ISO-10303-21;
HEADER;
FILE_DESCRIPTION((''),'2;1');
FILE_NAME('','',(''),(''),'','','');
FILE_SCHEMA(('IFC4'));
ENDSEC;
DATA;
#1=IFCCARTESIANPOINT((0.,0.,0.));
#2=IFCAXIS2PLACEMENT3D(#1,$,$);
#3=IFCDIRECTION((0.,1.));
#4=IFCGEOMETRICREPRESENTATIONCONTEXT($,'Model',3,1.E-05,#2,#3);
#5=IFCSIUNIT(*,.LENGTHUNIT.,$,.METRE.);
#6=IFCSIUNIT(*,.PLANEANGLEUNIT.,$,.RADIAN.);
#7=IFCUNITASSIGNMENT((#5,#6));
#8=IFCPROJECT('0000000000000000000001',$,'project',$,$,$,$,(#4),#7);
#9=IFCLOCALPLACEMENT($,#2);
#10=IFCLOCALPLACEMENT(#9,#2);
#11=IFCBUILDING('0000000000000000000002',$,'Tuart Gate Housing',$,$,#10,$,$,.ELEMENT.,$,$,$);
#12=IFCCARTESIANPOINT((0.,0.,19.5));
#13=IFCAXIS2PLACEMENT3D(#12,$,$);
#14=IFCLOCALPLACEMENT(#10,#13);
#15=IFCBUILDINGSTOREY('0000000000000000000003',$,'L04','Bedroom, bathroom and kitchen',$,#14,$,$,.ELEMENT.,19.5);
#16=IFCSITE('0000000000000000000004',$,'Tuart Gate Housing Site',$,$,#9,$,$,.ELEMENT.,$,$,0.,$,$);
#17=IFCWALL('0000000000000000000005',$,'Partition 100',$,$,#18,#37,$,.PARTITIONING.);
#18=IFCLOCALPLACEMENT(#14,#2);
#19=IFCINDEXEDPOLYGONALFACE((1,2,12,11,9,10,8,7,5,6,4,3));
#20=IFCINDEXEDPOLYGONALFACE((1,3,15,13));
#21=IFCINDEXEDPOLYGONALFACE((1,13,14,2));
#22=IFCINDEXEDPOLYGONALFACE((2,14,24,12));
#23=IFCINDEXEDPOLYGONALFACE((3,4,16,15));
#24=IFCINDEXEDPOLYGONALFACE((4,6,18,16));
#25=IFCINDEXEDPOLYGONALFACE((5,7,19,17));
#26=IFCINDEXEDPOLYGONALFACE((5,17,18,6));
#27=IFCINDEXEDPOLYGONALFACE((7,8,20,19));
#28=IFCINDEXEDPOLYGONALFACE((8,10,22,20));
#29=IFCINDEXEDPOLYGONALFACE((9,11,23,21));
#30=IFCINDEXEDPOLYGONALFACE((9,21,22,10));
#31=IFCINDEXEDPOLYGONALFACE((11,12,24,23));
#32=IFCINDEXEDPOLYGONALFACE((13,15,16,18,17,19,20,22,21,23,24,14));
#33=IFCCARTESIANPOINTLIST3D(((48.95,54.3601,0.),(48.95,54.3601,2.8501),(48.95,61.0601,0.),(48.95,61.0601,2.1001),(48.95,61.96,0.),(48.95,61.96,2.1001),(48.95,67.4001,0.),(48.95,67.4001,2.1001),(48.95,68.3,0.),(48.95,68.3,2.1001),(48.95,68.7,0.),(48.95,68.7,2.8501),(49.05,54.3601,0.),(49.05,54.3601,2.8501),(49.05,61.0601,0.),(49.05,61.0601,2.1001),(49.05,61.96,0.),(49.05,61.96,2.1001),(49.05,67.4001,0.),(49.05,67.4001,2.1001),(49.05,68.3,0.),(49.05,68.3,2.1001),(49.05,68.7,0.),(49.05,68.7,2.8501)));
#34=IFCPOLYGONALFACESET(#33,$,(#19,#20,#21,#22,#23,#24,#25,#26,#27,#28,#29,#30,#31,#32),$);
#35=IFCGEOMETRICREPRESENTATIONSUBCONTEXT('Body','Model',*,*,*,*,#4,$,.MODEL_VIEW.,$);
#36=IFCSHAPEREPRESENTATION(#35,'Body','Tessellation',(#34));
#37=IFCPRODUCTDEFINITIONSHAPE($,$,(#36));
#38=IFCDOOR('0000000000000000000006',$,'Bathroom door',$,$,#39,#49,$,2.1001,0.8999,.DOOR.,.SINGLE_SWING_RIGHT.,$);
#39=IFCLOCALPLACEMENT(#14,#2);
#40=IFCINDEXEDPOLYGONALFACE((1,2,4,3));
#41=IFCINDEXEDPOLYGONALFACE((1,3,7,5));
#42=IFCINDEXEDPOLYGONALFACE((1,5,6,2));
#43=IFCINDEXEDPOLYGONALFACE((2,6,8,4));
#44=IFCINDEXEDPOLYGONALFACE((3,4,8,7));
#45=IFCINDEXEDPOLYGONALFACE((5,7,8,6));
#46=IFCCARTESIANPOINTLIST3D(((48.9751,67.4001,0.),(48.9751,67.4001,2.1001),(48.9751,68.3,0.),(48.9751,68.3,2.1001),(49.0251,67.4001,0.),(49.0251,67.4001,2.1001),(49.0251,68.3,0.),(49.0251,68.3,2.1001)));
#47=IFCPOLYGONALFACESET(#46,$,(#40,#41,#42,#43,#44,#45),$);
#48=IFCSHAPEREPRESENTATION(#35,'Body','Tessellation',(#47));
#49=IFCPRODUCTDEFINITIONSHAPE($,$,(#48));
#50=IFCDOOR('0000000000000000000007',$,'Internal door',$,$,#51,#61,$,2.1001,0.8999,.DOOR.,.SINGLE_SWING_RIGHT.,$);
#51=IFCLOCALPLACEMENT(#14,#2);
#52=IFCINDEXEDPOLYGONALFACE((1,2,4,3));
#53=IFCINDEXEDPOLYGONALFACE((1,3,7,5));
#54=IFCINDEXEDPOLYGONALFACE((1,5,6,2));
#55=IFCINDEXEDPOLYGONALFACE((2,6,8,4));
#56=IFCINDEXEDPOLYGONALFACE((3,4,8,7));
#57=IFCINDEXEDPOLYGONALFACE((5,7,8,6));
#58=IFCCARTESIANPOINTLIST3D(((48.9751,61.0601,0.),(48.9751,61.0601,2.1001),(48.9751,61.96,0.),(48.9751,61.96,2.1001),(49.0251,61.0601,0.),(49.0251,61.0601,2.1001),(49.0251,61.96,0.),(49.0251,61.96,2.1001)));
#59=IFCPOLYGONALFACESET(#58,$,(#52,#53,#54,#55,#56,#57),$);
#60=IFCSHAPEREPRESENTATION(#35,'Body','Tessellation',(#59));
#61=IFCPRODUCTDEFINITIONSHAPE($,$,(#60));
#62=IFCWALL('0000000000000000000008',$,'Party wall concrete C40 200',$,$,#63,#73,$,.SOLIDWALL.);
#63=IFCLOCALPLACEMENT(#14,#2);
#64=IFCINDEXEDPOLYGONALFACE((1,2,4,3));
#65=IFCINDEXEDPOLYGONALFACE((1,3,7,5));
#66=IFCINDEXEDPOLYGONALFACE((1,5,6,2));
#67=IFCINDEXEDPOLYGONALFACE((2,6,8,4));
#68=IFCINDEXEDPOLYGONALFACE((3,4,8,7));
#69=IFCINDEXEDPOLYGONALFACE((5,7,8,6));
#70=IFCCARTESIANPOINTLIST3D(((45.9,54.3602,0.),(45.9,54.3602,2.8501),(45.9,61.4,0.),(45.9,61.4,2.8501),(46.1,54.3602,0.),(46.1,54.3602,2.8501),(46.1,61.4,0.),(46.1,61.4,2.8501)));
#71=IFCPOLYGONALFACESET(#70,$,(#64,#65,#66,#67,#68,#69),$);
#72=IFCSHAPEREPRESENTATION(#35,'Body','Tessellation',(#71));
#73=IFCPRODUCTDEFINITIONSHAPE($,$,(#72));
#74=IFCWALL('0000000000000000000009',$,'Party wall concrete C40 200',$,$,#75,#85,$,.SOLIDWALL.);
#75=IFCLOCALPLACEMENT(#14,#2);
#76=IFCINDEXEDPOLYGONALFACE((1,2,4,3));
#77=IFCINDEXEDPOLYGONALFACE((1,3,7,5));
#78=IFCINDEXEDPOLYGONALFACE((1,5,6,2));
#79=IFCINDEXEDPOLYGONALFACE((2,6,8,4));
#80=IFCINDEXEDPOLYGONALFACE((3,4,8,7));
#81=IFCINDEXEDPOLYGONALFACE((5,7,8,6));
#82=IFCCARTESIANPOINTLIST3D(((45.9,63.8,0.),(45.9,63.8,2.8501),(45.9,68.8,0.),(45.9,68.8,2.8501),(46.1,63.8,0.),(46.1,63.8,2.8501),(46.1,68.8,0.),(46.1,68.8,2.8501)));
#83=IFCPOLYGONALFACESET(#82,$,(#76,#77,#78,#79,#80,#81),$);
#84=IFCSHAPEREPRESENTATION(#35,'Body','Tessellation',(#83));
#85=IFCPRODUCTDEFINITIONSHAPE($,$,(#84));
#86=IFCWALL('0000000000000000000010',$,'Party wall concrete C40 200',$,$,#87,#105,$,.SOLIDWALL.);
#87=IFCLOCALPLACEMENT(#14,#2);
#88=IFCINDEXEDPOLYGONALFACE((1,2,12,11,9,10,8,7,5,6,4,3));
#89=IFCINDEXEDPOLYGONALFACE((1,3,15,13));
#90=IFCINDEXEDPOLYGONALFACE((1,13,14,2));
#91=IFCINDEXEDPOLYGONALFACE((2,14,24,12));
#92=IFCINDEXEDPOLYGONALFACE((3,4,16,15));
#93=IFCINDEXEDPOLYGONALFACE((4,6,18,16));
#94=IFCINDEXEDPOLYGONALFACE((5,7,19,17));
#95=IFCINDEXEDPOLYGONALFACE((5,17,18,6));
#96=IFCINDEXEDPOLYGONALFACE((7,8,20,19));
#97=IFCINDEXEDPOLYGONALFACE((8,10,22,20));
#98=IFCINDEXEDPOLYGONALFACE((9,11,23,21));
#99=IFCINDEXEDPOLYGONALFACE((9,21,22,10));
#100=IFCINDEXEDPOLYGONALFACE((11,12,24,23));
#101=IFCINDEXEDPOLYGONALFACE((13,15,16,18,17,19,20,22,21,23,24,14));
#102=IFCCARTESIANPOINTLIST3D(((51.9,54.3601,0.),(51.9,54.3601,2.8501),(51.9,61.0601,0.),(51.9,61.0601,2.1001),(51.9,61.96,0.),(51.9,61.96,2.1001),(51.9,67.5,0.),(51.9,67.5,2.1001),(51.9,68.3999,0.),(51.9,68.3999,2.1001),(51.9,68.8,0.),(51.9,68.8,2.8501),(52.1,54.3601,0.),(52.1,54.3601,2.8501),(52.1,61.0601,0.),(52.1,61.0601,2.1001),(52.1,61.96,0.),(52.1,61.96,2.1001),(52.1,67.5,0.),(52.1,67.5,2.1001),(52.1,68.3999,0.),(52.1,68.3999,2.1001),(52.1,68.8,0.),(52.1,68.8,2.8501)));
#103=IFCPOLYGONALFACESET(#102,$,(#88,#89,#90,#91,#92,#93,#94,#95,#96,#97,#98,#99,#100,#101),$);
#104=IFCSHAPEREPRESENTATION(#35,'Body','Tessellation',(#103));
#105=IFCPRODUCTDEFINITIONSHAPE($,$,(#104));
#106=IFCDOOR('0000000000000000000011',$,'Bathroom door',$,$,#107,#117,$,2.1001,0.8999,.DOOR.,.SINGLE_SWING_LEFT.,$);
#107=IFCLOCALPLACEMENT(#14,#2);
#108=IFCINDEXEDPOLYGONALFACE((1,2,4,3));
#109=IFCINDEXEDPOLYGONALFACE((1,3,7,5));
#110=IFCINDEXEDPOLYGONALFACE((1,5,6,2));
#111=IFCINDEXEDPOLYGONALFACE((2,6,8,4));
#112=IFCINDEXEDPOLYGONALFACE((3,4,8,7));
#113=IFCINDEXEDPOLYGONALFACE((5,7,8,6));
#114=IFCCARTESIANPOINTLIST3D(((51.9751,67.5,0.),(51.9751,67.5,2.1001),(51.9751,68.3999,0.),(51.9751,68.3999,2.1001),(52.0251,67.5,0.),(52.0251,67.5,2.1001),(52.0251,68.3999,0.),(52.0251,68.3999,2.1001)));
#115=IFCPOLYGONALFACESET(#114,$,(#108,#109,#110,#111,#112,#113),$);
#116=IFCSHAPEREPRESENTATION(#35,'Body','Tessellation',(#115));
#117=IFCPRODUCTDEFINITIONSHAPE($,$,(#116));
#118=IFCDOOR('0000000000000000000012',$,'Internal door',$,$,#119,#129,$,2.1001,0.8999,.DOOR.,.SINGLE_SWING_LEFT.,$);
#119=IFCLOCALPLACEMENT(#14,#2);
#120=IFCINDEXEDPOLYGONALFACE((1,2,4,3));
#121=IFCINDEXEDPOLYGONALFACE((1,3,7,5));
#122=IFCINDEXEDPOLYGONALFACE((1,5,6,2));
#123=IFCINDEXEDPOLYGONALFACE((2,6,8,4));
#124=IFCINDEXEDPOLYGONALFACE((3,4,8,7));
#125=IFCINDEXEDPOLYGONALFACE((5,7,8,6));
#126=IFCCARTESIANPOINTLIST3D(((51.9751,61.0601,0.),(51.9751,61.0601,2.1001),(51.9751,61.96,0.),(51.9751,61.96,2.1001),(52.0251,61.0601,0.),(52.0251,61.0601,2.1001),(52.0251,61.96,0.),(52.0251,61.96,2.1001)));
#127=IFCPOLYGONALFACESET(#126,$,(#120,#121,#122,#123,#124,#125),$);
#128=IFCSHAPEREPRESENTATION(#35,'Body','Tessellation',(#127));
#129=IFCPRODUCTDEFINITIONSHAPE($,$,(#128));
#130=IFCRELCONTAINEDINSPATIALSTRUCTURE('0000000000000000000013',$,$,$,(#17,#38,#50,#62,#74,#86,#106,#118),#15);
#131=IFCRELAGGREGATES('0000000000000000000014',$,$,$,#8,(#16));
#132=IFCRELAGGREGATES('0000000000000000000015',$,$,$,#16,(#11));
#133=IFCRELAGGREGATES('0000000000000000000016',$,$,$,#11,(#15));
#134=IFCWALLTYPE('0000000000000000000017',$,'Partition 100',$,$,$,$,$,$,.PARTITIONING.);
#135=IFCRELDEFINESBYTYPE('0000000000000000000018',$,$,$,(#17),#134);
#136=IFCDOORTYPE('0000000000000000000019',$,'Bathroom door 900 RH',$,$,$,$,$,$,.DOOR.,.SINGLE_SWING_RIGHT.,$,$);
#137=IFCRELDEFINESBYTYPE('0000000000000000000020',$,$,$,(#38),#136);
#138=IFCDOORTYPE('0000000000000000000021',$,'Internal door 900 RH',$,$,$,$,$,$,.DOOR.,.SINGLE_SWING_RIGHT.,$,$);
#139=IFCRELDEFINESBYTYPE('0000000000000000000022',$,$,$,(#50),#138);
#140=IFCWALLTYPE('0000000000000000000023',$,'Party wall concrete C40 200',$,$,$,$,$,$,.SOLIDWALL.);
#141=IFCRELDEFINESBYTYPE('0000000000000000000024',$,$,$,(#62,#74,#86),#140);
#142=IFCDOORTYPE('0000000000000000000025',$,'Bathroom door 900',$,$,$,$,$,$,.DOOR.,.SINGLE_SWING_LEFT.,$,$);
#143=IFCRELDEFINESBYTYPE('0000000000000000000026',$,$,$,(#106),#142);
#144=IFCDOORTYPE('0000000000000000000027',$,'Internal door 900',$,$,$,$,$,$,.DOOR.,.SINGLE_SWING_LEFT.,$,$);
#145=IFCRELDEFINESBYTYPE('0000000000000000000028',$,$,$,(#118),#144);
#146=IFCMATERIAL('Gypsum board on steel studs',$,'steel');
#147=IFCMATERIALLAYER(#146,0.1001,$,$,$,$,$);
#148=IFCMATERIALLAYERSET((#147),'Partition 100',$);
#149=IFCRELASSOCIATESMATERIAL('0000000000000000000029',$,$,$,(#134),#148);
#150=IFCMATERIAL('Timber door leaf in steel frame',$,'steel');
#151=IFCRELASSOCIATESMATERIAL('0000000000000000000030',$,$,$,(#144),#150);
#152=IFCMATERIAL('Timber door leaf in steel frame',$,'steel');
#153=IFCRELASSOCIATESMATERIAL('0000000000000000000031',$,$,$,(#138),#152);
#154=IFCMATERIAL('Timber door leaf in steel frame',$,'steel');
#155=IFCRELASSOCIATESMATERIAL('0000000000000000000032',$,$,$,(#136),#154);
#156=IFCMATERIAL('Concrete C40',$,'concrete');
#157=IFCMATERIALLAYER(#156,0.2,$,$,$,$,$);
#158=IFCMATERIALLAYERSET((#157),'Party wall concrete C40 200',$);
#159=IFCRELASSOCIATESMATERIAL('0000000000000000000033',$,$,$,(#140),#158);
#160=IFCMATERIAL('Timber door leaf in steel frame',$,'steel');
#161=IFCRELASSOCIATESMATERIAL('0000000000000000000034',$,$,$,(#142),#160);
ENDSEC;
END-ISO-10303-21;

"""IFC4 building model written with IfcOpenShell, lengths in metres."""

from ifc_helpers import new_model, si_unit, direction, frame, frame_2d, origin, place, context, subcontext, project, spatial, rectangle, extrude, material, layer, layer_set, type_object, element, fill, save


model = new_model("IFC4")

# Units and contexts
model_context = context("Model", 3, precision=1e-05, world=origin(), true_north=direction((0.0, 1.0)))
body_context = subcontext(model_context, "Body", "Model", "MODEL_VIEW")
ifc_project = project(units=[si_unit("LENGTHUNIT", "METRE"), si_unit("PLANEANGLEUNIT", "RADIAN")], contexts=[model_context])

# Site, building, storey
site_placement = place(None, origin())
site = spatial("IfcSite", under=ifc_project, at=site_placement, Name="Tuart Gate Housing Site", CompositionType="ELEMENT", RefElevation=0.0)
building_placement = place(site_placement, origin())
building = spatial("IfcBuilding", under=site, at=building_placement, Name="Tuart Gate Housing", CompositionType="ELEMENT")
storey_placement = place(building_placement, frame((0.0, 0.0, 19.5)))
storey = spatial("IfcBuildingStorey", under=building, at=storey_placement, Name="L04", Description="Bedroom, bathroom and kitchen", CompositionType="ELEMENT", Elevation=19.5)

# Shared definitions
ifc_material_1 = material(Name="Gypsum board on steel studs", Category="steel")
ifc_layer_1 = layer(ifc_material_1, 0.1001)
ifc_layer_set_1 = layer_set([ifc_layer_1], Name="Partition 100")
wall_type_1 = type_object("IfcWallType", Name="Partition 100", PredefinedType="PARTITIONING", material=ifc_layer_set_1)
ifc_material_2 = material(Name="Timber door leaf in steel frame", Category="steel")
door_type_1 = type_object("IfcDoorType", Name="Internal door 900", OperationType="SINGLE_SWING_LEFT", PredefinedType="DOOR", material=ifc_material_2)
ifc_material_3 = material(Name="Timber door leaf in steel frame", Category="steel")
door_type_2 = type_object("IfcDoorType", Name="Internal door 900 RH", OperationType="SINGLE_SWING_RIGHT", PredefinedType="DOOR", material=ifc_material_3)

# Wall, openings, doors
wall_1_placement = place(storey_placement, frame((49.0, 54.3601, 0.0), z_axis=(0.0, 0.0, 1.0), x_axis=(0.0, 1.0, 0.0)))
wall_1 = element("IfcWall", 1, at=wall_1_placement, inside=storey, type_object=wall_type_1, Name="Partition 100", PredefinedType="PARTITIONING", context=body_context, shape_type="SweptSolid", body=[
    extrude(rectangle(XDim=14.3398, YDim=0.1001, at=frame_2d((7.1699, 0.0))), origin(), (0.0, 0.0, 1.0), 2.8501),
])
opening_1_placement = place(wall_1_placement, frame((6.7, 0.0, 0.0)))
opening_1 = element("IfcOpeningElement", 2, at=opening_1_placement, cuts=wall_1, PredefinedType="OPENING", context=body_context, shape_type="SweptSolid", body=[
    extrude(rectangle(XDim=0.8999, YDim=2.1001, at=frame_2d((0.45, 1.05))), frame((0.0, 0.0601, 0.0), z_axis=(0.0, -1.0, 0.0), x_axis=(1.0, 0.0, 0.0)), (0.0, 0.0, 1.0), 0.1201),
])
opening_2_placement = place(wall_1_placement, frame((13.04, 0.0, 0.0)))
opening_2 = element("IfcOpeningElement", 3, at=opening_2_placement, cuts=wall_1, PredefinedType="OPENING", context=body_context, shape_type="SweptSolid", body=[
    extrude(rectangle(XDim=0.8999, YDim=2.1001, at=frame_2d((0.45, 1.05))), frame((0.0, 0.0601, 0.0), z_axis=(0.0, -1.0, 0.0), x_axis=(1.0, 0.0, 0.0)), (0.0, 0.0, 1.0), 0.1201),
])
ifc_material_4 = material(Name="Timber door leaf in steel frame", Category="steel")
door_type_3 = type_object("IfcDoorType", Name="Bathroom door 900 RH", OperationType="SINGLE_SWING_RIGHT", PredefinedType="DOOR", material=ifc_material_4)
door_1_placement = place(opening_2_placement, origin())
door_1 = element("IfcDoor", 4, at=door_1_placement, inside=storey, type_object=door_type_3, Name="Bathroom door", OperationType="SINGLE_SWING_RIGHT", OverallHeight=2.1001, OverallWidth=0.8999, PredefinedType="DOOR", context=body_context, shape_type="SweptSolid", body=[
    extrude(rectangle(XDim=0.8999, YDim=2.1001, at=frame_2d((0.45, 1.05))), frame((0.0, 0.0249, 0.0), z_axis=(0.0, -1.0, 0.0), x_axis=(1.0, 0.0, 0.0)), (0.0, 0.0, 1.0), 0.05),
])
fill(opening_2, door_1)
door_2_placement = place(opening_1_placement, origin())
door_2 = element("IfcDoor", 5, at=door_2_placement, inside=storey, type_object=door_type_2, Name="Internal door", OperationType="SINGLE_SWING_RIGHT", OverallHeight=2.1001, OverallWidth=0.8999, PredefinedType="DOOR", context=body_context, shape_type="SweptSolid", body=[
    extrude(rectangle(XDim=0.8999, YDim=2.1001, at=frame_2d((0.45, 1.05))), frame((0.0, 0.0249, 0.0), z_axis=(0.0, -1.0, 0.0), x_axis=(1.0, 0.0, 0.0)), (0.0, 0.0, 1.0), 0.05),
])
fill(opening_1, door_2)

# Walls
ifc_material_5 = material(Name="Concrete C40", Category="concrete")
ifc_layer_2 = layer(ifc_material_5, 0.2)
ifc_layer_set_2 = layer_set([ifc_layer_2], Name="Party wall concrete C40 200")
wall_type_2 = type_object("IfcWallType", Name="Party wall concrete C40 200", PredefinedType="SOLIDWALL", material=ifc_layer_set_2)
wall_2_placement = place(storey_placement, frame((46.0, 54.3601, 0.0), z_axis=(0.0, 0.0, 1.0), x_axis=(0.0, 1.0, 0.0)))
element("IfcWall", 6, at=wall_2_placement, inside=storey, type_object=wall_type_2, Name="Party wall concrete C40 200", PredefinedType="SOLIDWALL", context=body_context, shape_type="SweptSolid", body=[
    extrude(rectangle(XDim=7.0398, YDim=0.2, at=frame_2d((3.52, 0.0))), origin(), (0.0, 0.0, 1.0), 2.8501),
])
wall_3_placement = place(storey_placement, frame((46.0, 63.8, 0.0), z_axis=(0.0, 0.0, 1.0), x_axis=(0.0, 1.0, 0.0)))
element("IfcWall", 7, at=wall_3_placement, inside=storey, type_object=wall_type_2, Name="Party wall concrete C40 200", PredefinedType="SOLIDWALL", context=body_context, shape_type="SweptSolid", body=[
    extrude(rectangle(XDim=5.0, YDim=0.2, at=frame_2d((2.5, 0.0))), origin(), (0.0, 0.0, 1.0), 2.8501),
])

# Wall, openings, doors
wall_4_placement = place(storey_placement, frame((52.0, 54.3601, 0.0), z_axis=(0.0, 0.0, 1.0), x_axis=(0.0, 1.0, 0.0)))
wall_4 = element("IfcWall", 8, at=wall_4_placement, inside=storey, type_object=wall_type_2, Name="Party wall concrete C40 200", PredefinedType="SOLIDWALL", context=body_context, shape_type="SweptSolid", body=[
    extrude(rectangle(XDim=14.4399, YDim=0.2, at=frame_2d((7.22, 0.0))), origin(), (0.0, 0.0, 1.0), 2.8501),
])
opening_3_placement = place(wall_4_placement, frame((6.7, 0.0, 0.0)))
opening_3 = element("IfcOpeningElement", 9, at=opening_3_placement, cuts=wall_4, PredefinedType="OPENING", context=body_context, shape_type="SweptSolid", body=[
    extrude(rectangle(XDim=0.8999, YDim=2.1001, at=frame_2d((0.45, 1.05))), frame((0.0, 0.1099, 0.0), z_axis=(0.0, -1.0, 0.0), x_axis=(1.0, 0.0, 0.0)), (0.0, 0.0, 1.0), 0.22),
])
opening_4_placement = place(wall_4_placement, frame((13.1399, 0.0, 0.0)))
opening_4 = element("IfcOpeningElement", 10, at=opening_4_placement, cuts=wall_4, PredefinedType="OPENING", context=body_context, shape_type="SweptSolid", body=[
    extrude(rectangle(XDim=0.8999, YDim=2.1001, at=frame_2d((0.45, 1.05))), frame((0.0, 0.1099, 0.0), z_axis=(0.0, -1.0, 0.0), x_axis=(1.0, 0.0, 0.0)), (0.0, 0.0, 1.0), 0.22),
])
ifc_material_6 = material(Name="Timber door leaf in steel frame", Category="steel")
door_type_4 = type_object("IfcDoorType", Name="Bathroom door 900", OperationType="SINGLE_SWING_LEFT", PredefinedType="DOOR", material=ifc_material_6)
door_3_placement = place(opening_4_placement, frame((0.8999, 0.0, 0.0), z_axis=(0.0, 0.0, 1.0), x_axis=(-1.0, 0.0, 0.0)))
door_3 = element("IfcDoor", 11, at=door_3_placement, inside=storey, type_object=door_type_4, Name="Bathroom door", OperationType="SINGLE_SWING_LEFT", OverallHeight=2.1001, OverallWidth=0.8999, PredefinedType="DOOR", context=body_context, shape_type="SweptSolid", body=[
    extrude(rectangle(XDim=0.8999, YDim=2.1001, at=frame_2d((0.45, 1.05))), frame((0.0, 0.0251, 0.0), z_axis=(0.0, -1.0, 0.0), x_axis=(1.0, 0.0, 0.0)), (0.0, 0.0, 1.0), 0.05),
])
fill(opening_4, door_3)
door_4_placement = place(opening_3_placement, frame((0.8999, 0.0, 0.0), z_axis=(0.0, 0.0, 1.0), x_axis=(-1.0, 0.0, 0.0)))
door_4 = element("IfcDoor", 12, at=door_4_placement, inside=storey, type_object=door_type_1, Name="Internal door", OperationType="SINGLE_SWING_LEFT", OverallHeight=2.1001, OverallWidth=0.8999, PredefinedType="DOOR", context=body_context, shape_type="SweptSolid", body=[
    extrude(rectangle(XDim=0.8999, YDim=2.1001, at=frame_2d((0.45, 1.05))), frame((0.0, 0.0251, 0.0), z_axis=(0.0, -1.0, 0.0), x_axis=(1.0, 0.0, 0.0)), (0.0, 0.0, 1.0), 0.05),
])
fill(opening_3, door_4)

save(model, "model.ifc")
